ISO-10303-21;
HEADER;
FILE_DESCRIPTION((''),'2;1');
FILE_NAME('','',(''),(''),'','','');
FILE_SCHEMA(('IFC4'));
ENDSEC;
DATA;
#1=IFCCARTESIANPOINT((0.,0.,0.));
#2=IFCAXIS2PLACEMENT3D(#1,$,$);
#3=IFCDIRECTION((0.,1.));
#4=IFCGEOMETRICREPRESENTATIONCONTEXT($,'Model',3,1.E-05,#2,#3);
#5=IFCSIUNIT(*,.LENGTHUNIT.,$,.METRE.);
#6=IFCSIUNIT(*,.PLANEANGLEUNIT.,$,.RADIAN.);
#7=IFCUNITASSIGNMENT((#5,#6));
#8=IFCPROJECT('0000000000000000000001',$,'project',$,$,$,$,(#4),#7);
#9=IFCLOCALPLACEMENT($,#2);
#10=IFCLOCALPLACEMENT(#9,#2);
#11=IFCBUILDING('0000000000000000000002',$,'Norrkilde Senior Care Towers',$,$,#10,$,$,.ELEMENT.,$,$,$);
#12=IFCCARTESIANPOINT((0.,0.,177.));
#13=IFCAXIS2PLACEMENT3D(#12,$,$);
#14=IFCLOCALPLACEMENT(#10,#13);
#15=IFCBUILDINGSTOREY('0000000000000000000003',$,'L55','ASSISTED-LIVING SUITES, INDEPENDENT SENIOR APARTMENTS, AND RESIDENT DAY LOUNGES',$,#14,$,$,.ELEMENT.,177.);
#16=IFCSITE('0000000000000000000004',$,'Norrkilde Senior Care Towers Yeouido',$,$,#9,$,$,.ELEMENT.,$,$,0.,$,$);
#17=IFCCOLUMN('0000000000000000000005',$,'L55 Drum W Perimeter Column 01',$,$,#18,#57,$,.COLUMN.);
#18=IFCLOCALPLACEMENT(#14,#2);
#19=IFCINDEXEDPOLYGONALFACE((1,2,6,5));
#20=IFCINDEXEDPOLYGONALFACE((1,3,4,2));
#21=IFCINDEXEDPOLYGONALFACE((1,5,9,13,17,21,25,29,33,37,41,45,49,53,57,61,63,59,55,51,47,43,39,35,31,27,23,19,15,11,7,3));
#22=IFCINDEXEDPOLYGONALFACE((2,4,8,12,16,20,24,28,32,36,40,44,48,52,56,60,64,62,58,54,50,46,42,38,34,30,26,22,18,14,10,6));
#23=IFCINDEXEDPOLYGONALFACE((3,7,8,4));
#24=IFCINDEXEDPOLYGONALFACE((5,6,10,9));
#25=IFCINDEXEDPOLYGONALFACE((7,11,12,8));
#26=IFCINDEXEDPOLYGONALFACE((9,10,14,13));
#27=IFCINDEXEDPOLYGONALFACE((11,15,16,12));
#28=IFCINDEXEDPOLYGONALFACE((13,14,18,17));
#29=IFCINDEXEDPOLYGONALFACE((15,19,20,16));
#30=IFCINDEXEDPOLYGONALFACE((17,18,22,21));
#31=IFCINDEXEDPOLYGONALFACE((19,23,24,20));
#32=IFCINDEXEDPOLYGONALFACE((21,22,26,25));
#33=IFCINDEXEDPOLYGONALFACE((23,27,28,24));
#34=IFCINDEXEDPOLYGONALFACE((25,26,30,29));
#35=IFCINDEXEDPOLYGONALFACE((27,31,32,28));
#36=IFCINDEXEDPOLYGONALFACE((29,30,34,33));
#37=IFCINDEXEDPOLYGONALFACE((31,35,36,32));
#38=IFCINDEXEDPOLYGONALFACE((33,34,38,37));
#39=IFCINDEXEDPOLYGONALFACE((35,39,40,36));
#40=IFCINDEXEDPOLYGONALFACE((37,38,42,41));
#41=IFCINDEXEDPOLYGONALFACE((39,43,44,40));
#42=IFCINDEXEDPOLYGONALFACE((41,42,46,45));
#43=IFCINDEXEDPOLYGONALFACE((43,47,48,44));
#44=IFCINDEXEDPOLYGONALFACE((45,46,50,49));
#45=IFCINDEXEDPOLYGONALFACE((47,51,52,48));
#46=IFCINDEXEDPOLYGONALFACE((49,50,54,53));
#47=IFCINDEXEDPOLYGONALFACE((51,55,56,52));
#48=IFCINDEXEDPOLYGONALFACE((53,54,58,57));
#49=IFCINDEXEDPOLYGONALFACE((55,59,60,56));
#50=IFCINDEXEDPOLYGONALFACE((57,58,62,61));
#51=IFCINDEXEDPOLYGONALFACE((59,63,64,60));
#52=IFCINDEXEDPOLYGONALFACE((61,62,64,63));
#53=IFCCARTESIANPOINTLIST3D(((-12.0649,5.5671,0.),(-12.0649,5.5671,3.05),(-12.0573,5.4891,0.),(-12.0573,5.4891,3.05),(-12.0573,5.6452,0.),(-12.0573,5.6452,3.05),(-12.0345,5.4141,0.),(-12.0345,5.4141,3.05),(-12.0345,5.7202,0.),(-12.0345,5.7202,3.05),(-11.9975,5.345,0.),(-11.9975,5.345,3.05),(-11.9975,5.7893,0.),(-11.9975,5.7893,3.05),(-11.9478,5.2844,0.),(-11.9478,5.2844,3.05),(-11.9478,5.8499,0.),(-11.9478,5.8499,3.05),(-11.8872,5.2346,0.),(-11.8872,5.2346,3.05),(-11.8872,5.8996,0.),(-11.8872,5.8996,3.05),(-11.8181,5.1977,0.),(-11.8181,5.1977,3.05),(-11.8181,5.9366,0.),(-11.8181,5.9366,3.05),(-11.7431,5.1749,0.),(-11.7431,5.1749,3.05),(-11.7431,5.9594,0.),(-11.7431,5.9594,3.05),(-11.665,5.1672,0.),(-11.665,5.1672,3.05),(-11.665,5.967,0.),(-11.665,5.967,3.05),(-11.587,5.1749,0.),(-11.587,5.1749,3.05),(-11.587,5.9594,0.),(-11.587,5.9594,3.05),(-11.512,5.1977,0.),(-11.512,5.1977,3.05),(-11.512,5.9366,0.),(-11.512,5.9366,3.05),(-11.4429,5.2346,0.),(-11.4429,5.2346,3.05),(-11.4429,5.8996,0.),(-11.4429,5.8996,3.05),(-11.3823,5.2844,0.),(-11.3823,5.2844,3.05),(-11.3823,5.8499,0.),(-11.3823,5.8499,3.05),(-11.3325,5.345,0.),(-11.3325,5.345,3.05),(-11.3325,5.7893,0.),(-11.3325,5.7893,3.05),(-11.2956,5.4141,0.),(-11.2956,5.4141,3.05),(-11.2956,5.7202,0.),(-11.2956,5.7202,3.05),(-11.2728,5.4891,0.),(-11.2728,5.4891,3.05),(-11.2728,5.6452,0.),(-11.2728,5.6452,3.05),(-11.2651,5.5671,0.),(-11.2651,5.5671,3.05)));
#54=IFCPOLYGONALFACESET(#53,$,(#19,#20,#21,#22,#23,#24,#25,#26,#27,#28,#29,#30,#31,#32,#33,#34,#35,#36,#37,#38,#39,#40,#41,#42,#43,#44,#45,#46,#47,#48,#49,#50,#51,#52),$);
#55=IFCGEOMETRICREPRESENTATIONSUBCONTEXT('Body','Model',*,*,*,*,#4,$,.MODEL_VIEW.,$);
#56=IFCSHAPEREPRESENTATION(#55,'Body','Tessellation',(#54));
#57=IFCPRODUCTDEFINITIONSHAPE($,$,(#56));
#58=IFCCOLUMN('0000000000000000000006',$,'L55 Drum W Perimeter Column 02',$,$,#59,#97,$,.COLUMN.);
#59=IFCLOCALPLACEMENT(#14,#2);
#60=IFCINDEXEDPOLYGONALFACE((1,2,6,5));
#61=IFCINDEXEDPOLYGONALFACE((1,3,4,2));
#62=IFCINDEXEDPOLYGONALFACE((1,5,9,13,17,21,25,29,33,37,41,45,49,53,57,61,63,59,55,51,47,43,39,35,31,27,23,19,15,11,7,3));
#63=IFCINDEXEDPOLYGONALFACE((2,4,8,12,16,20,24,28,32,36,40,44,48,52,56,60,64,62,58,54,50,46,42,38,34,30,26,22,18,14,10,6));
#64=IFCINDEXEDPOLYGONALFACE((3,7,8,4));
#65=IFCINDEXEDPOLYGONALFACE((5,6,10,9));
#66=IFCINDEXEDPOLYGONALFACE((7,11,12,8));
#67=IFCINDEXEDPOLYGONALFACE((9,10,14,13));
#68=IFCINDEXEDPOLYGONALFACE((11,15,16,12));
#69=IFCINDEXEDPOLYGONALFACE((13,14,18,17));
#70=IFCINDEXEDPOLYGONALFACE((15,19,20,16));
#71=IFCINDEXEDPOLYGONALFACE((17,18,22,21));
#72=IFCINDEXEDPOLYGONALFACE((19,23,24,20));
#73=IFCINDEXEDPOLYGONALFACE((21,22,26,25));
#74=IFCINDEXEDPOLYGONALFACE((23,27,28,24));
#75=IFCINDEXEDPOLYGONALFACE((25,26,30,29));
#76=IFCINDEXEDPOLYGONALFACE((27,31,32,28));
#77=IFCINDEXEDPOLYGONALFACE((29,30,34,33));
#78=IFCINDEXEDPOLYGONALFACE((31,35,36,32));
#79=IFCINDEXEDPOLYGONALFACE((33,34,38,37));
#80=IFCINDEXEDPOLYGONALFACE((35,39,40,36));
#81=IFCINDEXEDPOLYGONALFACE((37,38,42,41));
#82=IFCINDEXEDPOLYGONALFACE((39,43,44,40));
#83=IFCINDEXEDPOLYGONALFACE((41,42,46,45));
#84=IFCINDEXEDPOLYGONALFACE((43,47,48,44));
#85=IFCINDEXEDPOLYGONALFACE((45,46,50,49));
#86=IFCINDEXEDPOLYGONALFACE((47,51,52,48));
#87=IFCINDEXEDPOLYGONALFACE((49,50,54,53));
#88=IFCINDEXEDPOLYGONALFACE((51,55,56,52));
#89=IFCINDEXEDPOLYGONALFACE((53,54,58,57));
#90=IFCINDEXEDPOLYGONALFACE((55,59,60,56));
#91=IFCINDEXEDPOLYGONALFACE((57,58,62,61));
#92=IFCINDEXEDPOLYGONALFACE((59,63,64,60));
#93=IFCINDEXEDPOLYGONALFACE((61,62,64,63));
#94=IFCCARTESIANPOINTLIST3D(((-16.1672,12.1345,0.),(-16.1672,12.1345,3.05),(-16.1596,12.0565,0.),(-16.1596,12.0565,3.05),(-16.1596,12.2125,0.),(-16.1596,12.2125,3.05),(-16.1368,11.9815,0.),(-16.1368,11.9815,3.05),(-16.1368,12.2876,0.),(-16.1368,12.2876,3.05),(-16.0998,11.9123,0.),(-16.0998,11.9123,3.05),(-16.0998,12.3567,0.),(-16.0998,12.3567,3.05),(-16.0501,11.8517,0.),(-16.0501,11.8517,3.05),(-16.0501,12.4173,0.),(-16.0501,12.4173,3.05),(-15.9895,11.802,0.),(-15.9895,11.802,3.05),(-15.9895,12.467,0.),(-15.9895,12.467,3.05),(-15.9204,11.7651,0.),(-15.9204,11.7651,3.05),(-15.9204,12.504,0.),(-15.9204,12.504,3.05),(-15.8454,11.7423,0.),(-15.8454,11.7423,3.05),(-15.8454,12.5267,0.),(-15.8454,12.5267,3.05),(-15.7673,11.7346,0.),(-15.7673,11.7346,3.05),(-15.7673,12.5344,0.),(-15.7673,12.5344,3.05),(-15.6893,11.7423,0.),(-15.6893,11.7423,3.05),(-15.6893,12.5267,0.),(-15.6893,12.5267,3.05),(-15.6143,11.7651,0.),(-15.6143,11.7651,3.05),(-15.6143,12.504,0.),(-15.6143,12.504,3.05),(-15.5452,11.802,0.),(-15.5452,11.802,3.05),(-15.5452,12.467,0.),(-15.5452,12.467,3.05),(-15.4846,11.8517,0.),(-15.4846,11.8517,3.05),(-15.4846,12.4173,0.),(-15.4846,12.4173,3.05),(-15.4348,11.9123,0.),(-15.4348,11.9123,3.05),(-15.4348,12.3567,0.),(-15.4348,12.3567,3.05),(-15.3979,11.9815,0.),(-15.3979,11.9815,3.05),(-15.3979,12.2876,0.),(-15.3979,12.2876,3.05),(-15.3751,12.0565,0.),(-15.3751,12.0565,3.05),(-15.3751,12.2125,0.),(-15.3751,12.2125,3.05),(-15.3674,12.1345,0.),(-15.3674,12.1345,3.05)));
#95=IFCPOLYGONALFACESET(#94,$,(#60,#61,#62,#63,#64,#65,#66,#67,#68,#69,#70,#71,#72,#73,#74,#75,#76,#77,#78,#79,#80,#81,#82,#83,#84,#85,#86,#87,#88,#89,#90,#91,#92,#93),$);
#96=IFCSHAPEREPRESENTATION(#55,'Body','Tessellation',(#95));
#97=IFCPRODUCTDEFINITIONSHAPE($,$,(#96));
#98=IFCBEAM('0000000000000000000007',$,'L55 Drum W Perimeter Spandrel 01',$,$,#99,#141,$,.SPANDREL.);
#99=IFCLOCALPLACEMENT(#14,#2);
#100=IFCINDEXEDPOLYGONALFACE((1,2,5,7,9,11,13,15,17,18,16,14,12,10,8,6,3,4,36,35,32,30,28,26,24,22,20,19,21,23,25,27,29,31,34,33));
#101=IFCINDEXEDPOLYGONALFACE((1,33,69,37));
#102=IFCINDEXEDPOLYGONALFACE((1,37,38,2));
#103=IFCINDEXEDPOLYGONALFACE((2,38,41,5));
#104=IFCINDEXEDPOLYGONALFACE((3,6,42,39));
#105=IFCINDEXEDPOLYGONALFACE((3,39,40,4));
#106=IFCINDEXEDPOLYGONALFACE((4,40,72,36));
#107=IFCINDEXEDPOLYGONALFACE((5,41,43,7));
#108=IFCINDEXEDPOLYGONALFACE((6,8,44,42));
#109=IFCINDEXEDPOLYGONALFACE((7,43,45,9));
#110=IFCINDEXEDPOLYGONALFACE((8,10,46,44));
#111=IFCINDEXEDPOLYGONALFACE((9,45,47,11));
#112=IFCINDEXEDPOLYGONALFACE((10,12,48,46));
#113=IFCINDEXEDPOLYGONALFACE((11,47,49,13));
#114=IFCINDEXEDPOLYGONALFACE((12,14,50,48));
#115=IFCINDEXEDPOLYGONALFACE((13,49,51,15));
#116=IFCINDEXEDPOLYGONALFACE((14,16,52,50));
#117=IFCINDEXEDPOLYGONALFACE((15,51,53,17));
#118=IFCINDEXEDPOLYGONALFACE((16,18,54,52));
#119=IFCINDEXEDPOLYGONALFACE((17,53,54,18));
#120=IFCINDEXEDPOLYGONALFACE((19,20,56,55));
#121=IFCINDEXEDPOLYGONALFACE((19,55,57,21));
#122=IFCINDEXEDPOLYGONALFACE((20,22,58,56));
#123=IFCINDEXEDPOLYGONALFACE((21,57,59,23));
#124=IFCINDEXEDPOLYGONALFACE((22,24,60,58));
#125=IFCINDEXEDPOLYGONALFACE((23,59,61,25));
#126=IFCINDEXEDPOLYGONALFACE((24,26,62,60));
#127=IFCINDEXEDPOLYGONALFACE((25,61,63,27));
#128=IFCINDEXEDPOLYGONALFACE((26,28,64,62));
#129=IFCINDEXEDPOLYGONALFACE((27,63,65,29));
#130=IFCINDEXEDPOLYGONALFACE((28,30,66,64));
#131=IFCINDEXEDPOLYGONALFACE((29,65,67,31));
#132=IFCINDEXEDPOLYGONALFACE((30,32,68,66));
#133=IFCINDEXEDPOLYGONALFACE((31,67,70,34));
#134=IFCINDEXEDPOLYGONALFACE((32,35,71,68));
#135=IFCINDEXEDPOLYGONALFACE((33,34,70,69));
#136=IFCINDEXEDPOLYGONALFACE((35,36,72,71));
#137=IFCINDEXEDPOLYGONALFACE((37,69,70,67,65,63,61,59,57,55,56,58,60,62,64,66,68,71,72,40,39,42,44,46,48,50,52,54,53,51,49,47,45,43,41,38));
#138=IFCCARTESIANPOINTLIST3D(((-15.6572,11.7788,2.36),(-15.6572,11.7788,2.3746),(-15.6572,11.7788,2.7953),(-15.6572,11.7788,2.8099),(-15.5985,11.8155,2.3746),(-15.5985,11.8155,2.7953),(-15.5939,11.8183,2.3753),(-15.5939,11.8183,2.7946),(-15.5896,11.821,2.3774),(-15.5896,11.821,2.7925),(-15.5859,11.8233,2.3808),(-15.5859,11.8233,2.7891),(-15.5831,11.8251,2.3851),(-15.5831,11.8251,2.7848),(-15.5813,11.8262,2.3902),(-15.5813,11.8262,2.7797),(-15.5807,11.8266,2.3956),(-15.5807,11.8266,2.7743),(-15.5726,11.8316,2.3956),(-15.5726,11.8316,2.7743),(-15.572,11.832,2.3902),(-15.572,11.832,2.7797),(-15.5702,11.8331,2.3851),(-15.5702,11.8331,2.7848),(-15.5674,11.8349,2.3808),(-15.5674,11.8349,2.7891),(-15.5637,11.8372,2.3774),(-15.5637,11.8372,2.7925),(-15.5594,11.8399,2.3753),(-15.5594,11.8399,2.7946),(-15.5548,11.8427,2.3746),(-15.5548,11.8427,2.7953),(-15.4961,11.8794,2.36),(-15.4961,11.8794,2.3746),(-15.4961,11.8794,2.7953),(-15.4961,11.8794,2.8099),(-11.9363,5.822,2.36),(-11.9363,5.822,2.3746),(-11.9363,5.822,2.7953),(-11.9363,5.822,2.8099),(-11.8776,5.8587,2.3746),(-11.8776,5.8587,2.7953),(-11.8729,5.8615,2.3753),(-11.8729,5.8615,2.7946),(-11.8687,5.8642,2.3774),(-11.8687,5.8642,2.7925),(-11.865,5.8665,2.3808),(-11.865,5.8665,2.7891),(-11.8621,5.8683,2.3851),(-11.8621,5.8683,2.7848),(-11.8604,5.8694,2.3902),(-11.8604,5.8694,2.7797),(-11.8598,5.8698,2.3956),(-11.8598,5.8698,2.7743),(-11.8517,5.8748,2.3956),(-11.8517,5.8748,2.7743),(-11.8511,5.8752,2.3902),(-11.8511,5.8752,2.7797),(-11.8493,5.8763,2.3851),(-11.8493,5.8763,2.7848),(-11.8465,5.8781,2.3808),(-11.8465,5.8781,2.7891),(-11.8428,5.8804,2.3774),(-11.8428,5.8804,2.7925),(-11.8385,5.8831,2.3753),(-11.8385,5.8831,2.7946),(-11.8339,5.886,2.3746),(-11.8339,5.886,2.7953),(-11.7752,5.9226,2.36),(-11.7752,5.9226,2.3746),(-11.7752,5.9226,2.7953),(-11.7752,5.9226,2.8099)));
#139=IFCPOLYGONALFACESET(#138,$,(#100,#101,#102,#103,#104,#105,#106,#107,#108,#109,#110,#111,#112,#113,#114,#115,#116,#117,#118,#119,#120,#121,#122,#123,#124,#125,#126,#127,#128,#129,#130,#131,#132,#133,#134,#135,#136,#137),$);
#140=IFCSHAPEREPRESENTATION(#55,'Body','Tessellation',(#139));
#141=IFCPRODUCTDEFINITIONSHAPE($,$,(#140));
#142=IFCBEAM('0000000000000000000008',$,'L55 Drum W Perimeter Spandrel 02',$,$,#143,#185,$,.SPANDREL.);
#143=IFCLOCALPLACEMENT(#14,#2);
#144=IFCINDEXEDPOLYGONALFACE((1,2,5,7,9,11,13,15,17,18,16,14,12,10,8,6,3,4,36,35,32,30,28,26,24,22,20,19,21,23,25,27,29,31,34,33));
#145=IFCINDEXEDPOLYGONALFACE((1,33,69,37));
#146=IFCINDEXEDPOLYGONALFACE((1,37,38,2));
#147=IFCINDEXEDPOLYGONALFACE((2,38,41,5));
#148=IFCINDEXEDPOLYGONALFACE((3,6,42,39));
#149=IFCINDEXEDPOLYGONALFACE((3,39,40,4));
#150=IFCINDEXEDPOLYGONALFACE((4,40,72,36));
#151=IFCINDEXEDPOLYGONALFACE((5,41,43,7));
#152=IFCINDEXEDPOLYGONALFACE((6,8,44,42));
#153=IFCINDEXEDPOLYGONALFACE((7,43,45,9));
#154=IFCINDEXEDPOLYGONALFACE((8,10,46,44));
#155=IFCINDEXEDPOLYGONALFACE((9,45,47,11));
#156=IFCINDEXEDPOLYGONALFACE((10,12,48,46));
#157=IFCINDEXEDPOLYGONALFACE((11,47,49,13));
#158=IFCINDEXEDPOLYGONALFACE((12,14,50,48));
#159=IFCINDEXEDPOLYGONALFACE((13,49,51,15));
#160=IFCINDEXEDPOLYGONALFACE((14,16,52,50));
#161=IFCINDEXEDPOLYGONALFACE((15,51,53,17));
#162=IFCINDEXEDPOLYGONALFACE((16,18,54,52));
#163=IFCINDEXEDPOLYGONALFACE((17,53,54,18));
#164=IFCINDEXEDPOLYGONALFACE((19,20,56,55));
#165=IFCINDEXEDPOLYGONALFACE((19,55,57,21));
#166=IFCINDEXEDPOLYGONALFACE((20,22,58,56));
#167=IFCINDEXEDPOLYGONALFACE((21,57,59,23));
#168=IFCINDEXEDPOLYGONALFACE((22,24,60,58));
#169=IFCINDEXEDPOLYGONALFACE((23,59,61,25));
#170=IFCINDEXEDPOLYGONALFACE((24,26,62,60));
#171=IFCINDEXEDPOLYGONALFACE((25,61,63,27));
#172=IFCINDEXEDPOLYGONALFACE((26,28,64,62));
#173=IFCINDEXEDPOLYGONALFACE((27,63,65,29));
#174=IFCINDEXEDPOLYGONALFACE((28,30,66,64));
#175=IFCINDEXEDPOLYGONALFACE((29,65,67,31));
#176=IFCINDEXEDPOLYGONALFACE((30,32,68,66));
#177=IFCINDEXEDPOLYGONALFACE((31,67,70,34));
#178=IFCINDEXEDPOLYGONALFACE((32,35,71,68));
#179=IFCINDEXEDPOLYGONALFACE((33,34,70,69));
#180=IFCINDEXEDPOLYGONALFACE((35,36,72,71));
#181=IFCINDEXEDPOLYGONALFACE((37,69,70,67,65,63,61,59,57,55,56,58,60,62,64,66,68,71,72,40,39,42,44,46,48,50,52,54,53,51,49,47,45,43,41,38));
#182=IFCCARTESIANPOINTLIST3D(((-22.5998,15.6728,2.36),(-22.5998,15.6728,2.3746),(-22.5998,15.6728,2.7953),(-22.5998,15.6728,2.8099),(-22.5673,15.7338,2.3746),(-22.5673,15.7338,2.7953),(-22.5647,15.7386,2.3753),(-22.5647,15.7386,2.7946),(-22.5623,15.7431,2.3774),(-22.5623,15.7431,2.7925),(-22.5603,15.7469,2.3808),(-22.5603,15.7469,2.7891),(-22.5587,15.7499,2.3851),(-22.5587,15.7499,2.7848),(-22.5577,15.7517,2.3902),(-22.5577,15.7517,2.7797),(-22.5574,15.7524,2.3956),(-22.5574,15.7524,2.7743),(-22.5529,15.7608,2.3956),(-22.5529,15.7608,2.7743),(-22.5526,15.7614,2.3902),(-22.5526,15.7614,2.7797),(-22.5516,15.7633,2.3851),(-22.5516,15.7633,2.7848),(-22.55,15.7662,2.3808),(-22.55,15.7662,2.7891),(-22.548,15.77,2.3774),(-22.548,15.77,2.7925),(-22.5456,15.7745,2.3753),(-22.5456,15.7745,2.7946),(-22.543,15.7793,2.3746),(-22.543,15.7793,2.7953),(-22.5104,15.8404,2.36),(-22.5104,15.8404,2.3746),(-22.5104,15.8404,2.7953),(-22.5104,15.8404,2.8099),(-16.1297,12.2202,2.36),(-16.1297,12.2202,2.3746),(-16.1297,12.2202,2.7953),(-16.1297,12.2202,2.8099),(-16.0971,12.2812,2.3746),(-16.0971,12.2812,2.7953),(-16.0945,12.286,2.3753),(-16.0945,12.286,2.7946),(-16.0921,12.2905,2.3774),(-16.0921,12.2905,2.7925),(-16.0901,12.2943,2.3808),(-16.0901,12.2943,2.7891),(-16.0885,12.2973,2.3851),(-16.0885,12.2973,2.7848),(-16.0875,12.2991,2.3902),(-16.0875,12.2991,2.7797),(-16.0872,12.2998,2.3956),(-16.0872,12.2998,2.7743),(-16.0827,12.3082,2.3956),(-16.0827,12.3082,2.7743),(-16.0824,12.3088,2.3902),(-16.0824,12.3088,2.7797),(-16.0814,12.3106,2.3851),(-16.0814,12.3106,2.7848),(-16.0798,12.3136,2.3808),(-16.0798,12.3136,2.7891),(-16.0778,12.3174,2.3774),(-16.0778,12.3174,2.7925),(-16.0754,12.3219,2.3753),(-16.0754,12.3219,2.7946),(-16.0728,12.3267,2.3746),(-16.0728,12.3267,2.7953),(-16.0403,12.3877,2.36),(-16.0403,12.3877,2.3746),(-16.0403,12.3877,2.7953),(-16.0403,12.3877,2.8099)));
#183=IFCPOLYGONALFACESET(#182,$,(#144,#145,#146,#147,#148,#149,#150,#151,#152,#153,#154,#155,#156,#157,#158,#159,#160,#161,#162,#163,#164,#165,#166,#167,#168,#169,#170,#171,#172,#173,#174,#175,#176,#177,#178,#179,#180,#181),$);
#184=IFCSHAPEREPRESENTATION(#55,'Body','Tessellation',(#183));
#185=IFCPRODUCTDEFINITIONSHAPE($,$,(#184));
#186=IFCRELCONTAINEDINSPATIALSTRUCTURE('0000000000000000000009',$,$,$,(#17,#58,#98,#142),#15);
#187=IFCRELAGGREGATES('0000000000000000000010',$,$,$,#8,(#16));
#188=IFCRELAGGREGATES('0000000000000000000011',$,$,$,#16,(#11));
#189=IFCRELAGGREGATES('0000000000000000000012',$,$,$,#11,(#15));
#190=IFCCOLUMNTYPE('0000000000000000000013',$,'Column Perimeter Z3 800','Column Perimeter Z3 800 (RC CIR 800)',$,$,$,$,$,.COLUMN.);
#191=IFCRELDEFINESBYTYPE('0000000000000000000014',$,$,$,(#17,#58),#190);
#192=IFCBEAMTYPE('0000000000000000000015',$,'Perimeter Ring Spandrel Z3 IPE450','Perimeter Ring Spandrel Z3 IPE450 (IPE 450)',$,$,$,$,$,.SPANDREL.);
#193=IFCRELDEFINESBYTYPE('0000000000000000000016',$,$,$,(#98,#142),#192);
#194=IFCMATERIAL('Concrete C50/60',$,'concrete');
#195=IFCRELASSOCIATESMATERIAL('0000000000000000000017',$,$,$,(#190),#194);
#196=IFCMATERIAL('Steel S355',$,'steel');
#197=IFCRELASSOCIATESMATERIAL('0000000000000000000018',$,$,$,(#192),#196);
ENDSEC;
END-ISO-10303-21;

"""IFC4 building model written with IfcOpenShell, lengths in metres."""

from ifc_helpers import new_model, si_unit, direction, frame, origin, origin_2d, place, context, subcontext, project, spatial, circle, i_section, extrude, source, transform, mapped, material, material_profile, profile_set, type_object, type_shapes, element, save


model = new_model("IFC4")

# Units and contexts
model_context = context("Model", 3, precision=1e-05, world=origin(), true_north=direction((0.0, 1.0)))
body_context = subcontext(model_context, "Body", "Model", "MODEL_VIEW")
ifc_project = project(units=[si_unit("LENGTHUNIT", "METRE"), si_unit("PLANEANGLEUNIT", "RADIAN")], contexts=[model_context])

# Site, building, storey
site_placement = place(None, origin())
site = spatial("IfcSite", under=ifc_project, at=site_placement, Name="Norrkilde Senior Care Towers Yeouido", CompositionType="ELEMENT", RefElevation=0.0)
building_placement = place(site_placement, origin())
building = spatial("IfcBuilding", under=site, at=building_placement, Name="Norrkilde Senior Care Towers", CompositionType="ELEMENT")
storey_placement = place(building_placement, frame((0.0, 0.0, 177.0)))
storey = spatial("IfcBuildingStorey", under=building, at=storey_placement, Name="L55", Description="ASSISTED-LIVING SUITES, INDEPENDENT SENIOR APARTMENTS, AND RESIDENT DAY LOUNGES", CompositionType="ELEMENT", Elevation=177.0)

# Columns
ifc_material_1 = material(Name="Concrete C50/60", Category="concrete")
ifc_material_profile_1 = material_profile(ifc_material_1, circle(Radius=0.3999, at=origin_2d()), Name="RC CIR 800")
ifc_profile_set_1 = profile_set([ifc_material_profile_1], Name="Concrete C50/60")
column_type = type_object("IfcColumnType", Name="Column Perimeter Z3 800", Description="Column Perimeter Z3 800 (RC CIR 800)", PredefinedType="COLUMN", material=ifc_profile_set_1)
shared_shape_1 = source(origin(), body_context, "Body", "SweptSolid", [
    extrude(circle(Radius=0.3999, at=origin_2d()), origin(), (0.0, 0.0, 1.0), 3.05),
])
type_shapes(column_type, [shared_shape_1])
for number, where, z_axis, x_axis, name in (
    (1, (-11.665, 5.5671, 0.0), (0.0, 0.0, 1.0), (1.0, 0.0, 0.0), "L55 Drum W Perimeter Column 01"),
    (2, (-15.7673, 12.1345, 0.0), (0.0, 0.0, 1.0), (1.0, 0.0, 0.0), "L55 Drum W Perimeter Column 02"),
):
    element("IfcColumn", number, at=place(storey_placement, frame(where, z_axis=z_axis, x_axis=x_axis)), inside=storey, type_object=column_type, Name=name, PredefinedType="COLUMN", context=body_context, shape_type="MappedRepresentation", body=[
        mapped(shared_shape_1, transform((0.0, 0.0, 0.0), x_axis=(1.0, 0.0, 0.0), y_axis=(0.0, 1.0, 0.0), z_axis=(0.0, 0.0, 1.0), scale=1.0)),
    ])

# Beams
ifc_material_2 = material(Name="Steel S355", Category="steel")
ifc_material_profile_2 = material_profile(ifc_material_2, i_section(OverallWidth=0.1899, OverallDepth=0.45, WebThickness=0.0095, FlangeThickness=0.0146, FilletRadius=0.021, at=origin_2d()), Name="IPE 450")
ifc_profile_set_2 = profile_set([ifc_material_profile_2], Name="Steel S355")
beam_type_1 = type_object("IfcBeamType", Name="Perimeter Ring Spandrel Z3 IPE450", Description="Perimeter Ring Spandrel Z3 IPE450 (IPE 450)", PredefinedType="SPANDREL", material=ifc_profile_set_2)
shared_shape_2 = source(origin(), body_context, "Body", "SweptSolid", [
    extrude(i_section(OverallWidth=0.1899, OverallDepth=0.45, WebThickness=0.0095, FlangeThickness=0.0146, FilletRadius=0.021, at=origin_2d()), origin(), (0.0, 0.0, 1.0), 7.0234),
])
beam_1_placement = place(storey_placement, frame((-11.8557, 5.8723, 2.585), z_axis=(-0.52979, 0.848129, 0.0), x_axis=(-0.848129, -0.52979, 0.0)))
element("IfcBeam", 3, at=beam_1_placement, inside=storey, type_object=beam_type_1, Name="L55 Drum W Perimeter Spandrel 01", PredefinedType="SPANDREL", context=body_context, shape_type="MappedRepresentation", body=[
    mapped(shared_shape_2, transform((0.0, 0.0, 0.0), x_axis=(1.0, 0.0, 0.0), y_axis=(0.0, 1.0, 0.0), z_axis=(0.0, 0.0, 1.0), scale=1.0)),
])
shared_shape_3 = source(origin(), body_context, "Body", "SweptSolid", [
    extrude(i_section(OverallWidth=0.1899, OverallDepth=0.45, WebThickness=0.0095, FlangeThickness=0.0146, FilletRadius=0.021, at=origin_2d()), origin(), (0.0, 0.0, 1.0), 7.3337),
])
type_shapes(beam_type_1, [shared_shape_2, shared_shape_3])
beam_2_placement = place(storey_placement, frame((-16.085, 12.304, 2.585), z_axis=(-0.882248, 0.470785, 0.0), x_axis=(-0.470785, -0.882248, 0.0)))
element("IfcBeam", 4, at=beam_2_placement, inside=storey, type_object=beam_type_1, Name="L55 Drum W Perimeter Spandrel 02", PredefinedType="SPANDREL", context=body_context, shape_type="MappedRepresentation", body=[
    mapped(shared_shape_3, transform((0.0, 0.0, 0.0), x_axis=(1.0, 0.0, 0.0), y_axis=(0.0, 1.0, 0.0), z_axis=(0.0, 0.0, 1.0), scale=1.0)),
])

save(model, "model.ifc")
